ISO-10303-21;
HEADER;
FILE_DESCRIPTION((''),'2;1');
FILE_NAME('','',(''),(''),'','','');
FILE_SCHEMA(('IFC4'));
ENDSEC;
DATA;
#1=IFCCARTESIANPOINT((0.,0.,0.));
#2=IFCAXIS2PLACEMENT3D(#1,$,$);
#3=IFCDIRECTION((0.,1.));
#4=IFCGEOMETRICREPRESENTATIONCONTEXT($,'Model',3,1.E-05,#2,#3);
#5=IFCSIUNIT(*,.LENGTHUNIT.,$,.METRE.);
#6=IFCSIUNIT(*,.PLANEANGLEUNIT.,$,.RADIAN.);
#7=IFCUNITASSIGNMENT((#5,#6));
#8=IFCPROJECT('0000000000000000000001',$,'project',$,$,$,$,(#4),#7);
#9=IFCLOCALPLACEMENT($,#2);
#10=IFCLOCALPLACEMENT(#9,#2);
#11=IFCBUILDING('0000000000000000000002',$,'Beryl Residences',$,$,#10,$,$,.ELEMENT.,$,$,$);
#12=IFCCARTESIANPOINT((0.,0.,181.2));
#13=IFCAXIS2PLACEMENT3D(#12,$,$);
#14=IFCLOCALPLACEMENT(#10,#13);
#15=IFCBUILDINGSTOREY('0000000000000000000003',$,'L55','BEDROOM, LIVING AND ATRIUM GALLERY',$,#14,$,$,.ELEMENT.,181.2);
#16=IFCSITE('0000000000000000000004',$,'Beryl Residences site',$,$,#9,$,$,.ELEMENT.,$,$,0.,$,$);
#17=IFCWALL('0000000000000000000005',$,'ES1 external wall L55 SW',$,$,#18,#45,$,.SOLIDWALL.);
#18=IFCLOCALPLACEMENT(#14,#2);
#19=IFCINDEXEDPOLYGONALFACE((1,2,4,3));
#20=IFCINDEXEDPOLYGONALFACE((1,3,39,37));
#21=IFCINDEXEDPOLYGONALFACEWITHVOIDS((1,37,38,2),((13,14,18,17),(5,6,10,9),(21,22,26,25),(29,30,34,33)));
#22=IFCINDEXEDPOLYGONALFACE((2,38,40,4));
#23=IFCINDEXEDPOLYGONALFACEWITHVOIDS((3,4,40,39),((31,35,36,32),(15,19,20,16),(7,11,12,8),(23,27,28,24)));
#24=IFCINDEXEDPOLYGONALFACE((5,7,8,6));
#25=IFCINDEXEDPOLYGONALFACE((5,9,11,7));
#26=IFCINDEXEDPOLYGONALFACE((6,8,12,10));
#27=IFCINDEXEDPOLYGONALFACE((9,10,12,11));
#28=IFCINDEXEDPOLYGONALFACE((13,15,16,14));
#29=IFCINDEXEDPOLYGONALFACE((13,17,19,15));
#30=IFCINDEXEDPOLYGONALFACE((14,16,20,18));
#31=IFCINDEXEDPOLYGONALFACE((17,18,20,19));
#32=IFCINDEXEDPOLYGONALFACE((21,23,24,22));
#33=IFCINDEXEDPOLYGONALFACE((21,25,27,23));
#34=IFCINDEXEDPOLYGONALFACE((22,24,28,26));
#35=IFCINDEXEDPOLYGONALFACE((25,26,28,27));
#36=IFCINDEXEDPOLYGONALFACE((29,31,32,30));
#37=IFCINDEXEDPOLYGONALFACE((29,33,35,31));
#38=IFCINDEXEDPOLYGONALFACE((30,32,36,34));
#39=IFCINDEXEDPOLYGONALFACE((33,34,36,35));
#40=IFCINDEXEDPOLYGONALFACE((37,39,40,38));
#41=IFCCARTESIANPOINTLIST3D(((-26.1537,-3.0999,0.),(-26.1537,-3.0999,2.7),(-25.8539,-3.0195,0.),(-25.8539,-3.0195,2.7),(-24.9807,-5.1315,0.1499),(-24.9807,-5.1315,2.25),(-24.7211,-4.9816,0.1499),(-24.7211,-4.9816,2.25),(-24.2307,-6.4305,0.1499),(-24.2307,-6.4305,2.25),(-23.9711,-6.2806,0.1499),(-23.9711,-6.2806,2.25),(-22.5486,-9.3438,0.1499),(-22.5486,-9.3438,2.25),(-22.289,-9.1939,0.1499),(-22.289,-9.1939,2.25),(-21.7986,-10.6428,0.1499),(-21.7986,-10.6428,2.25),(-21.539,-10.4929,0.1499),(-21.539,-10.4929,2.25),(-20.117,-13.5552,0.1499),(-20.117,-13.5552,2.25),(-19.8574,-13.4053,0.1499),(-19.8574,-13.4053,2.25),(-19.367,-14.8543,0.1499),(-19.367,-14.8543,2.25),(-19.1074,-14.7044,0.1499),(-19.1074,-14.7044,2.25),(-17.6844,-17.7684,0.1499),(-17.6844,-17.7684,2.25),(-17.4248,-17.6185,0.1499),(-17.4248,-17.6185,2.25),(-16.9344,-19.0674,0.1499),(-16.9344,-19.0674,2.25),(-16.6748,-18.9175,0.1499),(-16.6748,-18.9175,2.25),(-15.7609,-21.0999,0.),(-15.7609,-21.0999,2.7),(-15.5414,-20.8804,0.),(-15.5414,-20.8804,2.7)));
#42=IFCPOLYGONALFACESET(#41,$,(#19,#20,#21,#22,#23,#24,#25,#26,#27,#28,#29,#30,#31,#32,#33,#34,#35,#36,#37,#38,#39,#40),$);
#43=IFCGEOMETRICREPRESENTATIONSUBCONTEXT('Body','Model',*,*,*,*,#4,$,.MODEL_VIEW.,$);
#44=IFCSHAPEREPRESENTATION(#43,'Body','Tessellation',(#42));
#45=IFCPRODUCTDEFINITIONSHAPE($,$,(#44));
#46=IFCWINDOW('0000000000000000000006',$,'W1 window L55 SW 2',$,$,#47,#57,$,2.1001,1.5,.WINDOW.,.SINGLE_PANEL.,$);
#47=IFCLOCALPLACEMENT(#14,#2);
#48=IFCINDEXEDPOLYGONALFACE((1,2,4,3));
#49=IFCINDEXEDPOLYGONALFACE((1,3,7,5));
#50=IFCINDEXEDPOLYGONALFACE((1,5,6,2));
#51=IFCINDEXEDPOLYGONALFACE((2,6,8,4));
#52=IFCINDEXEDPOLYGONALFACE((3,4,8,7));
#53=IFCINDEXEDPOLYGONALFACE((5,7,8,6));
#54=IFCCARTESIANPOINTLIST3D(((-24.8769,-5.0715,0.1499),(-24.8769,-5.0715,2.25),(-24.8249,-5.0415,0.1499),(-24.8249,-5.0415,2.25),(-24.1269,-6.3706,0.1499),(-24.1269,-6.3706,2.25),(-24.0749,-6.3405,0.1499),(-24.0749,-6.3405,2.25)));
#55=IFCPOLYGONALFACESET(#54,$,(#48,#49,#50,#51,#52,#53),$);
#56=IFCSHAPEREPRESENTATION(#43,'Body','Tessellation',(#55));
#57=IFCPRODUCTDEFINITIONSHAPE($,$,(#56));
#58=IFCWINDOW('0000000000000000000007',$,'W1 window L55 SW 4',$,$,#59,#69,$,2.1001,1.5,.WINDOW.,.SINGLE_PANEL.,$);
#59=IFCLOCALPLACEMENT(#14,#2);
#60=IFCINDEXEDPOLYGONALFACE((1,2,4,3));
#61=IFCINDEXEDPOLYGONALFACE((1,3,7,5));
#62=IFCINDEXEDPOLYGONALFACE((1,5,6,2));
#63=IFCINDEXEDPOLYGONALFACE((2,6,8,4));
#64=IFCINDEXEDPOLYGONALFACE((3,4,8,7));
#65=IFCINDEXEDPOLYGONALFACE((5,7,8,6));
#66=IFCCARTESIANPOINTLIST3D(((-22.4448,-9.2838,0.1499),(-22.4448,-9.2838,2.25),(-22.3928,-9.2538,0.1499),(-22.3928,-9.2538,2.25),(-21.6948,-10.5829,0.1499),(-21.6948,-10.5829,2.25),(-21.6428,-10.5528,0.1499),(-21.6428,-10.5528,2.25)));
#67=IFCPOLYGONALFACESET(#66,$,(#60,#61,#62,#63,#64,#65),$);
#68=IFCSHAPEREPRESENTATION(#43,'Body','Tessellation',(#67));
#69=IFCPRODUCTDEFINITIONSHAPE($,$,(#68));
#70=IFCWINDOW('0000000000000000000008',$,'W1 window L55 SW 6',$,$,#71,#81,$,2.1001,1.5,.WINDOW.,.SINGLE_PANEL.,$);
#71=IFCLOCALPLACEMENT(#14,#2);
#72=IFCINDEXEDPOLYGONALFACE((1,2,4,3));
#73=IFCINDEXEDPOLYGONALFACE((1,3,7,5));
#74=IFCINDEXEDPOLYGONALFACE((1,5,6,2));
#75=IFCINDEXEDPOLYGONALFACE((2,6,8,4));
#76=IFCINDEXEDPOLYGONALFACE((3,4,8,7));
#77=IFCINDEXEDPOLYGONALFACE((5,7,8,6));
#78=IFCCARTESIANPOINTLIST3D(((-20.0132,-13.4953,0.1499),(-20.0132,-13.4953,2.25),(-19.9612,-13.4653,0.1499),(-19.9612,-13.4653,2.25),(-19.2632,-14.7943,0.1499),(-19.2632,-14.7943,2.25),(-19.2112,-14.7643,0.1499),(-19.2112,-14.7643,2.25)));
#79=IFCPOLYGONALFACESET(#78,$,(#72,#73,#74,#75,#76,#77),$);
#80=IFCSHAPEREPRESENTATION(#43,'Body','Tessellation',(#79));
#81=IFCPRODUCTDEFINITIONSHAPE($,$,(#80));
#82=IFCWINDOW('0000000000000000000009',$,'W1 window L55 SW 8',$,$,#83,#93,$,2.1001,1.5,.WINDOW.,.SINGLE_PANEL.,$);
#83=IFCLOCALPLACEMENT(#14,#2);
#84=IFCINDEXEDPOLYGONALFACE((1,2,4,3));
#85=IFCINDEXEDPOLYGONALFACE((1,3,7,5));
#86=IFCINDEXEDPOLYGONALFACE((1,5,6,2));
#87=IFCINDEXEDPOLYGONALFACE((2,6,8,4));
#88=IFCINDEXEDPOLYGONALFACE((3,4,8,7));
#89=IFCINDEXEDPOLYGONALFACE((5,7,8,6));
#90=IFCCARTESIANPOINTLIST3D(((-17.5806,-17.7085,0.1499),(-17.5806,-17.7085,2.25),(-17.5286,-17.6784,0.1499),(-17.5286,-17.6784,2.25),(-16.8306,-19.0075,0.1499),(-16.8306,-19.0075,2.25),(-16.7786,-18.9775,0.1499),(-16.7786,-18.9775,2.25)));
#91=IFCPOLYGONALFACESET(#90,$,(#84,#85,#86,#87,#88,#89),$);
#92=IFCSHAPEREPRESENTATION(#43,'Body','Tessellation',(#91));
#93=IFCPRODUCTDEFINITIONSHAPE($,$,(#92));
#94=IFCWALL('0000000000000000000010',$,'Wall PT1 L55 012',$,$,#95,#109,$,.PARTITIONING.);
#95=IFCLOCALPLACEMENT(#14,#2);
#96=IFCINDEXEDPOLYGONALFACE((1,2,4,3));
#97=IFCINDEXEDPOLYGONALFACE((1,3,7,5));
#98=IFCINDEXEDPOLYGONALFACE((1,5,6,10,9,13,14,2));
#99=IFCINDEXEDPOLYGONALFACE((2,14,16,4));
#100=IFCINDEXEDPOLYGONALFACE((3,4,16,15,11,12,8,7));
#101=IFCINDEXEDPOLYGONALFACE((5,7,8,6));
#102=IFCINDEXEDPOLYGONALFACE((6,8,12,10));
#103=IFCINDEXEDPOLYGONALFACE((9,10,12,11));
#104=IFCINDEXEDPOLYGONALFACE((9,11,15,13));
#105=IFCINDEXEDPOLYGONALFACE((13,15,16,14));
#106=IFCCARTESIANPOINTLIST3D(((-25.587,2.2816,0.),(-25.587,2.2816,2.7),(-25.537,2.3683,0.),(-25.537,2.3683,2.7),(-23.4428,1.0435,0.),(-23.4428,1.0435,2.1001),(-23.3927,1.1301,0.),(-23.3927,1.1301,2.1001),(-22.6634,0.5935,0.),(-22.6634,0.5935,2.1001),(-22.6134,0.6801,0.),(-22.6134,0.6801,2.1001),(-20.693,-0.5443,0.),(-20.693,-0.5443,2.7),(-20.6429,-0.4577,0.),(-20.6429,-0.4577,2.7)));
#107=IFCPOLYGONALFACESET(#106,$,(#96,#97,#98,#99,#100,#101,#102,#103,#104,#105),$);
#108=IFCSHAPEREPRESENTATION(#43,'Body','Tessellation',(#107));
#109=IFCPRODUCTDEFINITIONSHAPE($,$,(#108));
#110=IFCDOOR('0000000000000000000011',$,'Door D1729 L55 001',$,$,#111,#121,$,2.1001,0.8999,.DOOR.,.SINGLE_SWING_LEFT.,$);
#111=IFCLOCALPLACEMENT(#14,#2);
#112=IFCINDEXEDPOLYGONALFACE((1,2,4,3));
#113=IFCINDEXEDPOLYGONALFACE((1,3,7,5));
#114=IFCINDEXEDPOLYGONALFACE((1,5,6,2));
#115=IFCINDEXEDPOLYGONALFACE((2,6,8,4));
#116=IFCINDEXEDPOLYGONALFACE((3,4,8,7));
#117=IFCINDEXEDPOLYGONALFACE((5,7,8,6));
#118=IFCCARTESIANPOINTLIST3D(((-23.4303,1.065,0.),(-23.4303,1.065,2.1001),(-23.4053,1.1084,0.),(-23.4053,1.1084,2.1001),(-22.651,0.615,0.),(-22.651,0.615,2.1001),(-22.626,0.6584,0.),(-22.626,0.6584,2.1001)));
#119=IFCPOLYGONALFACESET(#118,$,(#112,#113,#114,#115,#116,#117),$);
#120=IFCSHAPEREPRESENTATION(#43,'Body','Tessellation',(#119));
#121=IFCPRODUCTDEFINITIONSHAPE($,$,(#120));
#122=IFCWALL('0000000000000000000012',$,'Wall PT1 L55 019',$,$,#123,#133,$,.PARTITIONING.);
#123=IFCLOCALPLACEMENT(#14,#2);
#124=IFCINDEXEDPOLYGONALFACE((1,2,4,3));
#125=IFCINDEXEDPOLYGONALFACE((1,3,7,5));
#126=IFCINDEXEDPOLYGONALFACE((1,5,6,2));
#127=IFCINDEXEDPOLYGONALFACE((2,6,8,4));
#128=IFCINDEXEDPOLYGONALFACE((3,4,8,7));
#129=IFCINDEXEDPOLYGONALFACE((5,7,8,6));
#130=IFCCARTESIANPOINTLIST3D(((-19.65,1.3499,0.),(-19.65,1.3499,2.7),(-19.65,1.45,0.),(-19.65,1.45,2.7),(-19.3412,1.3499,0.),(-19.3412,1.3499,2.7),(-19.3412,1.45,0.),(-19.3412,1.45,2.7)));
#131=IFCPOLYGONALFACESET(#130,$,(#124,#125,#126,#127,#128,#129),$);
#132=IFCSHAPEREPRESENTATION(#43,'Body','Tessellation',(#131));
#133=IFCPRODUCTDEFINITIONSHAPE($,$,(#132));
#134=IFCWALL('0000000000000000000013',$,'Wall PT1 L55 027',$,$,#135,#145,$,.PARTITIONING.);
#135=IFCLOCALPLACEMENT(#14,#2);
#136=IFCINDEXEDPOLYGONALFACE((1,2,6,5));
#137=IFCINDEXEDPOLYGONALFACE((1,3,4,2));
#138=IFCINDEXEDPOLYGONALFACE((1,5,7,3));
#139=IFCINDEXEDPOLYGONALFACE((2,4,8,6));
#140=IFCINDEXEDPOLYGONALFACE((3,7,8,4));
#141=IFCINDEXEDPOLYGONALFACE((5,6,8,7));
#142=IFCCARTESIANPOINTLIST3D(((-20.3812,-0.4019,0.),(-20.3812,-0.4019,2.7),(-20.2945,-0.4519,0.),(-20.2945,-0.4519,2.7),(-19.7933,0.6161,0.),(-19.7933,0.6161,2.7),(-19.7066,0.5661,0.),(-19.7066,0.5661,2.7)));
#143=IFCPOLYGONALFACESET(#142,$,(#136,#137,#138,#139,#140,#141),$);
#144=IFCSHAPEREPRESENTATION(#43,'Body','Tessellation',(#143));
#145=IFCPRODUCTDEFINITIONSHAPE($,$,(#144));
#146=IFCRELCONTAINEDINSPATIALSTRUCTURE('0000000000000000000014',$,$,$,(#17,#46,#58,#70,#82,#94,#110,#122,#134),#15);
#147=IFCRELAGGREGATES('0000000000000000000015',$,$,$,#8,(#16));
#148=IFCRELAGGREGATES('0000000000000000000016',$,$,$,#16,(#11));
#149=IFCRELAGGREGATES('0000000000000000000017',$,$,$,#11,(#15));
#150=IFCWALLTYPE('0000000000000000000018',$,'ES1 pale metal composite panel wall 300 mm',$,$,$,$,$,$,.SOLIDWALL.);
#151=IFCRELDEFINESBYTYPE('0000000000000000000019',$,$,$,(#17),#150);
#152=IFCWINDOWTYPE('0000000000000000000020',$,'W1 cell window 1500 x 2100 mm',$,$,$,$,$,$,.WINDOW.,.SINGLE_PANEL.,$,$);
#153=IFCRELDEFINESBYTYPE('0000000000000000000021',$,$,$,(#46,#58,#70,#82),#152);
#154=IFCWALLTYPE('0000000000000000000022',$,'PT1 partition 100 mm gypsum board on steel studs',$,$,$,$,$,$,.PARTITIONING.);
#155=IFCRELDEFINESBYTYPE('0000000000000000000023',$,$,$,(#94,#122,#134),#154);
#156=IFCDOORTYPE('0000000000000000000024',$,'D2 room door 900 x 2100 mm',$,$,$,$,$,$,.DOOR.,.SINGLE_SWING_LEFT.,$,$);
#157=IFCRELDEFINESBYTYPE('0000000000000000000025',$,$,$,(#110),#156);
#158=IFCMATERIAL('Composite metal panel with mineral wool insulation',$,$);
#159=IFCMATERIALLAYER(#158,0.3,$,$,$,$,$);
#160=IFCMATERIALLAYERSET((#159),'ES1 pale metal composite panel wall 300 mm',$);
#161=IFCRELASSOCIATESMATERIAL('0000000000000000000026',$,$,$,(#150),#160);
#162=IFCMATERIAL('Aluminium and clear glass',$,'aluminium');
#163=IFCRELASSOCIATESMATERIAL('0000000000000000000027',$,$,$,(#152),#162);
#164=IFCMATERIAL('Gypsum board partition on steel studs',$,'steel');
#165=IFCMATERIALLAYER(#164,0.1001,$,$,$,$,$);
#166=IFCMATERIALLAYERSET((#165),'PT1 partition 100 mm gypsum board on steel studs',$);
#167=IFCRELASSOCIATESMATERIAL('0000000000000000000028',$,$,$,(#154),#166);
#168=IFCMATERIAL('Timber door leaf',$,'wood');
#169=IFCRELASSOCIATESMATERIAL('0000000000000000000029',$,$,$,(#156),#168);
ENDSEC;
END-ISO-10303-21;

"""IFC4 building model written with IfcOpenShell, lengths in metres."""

from ifc_helpers import new_model, si_unit, direction, frame, frame_2d, origin, place, context, subcontext, project, spatial, polyline, rectangle, outline, extrude, material, layer, layer_set, type_object, element, fill, save


model = new_model("IFC4")

# Units and contexts
model_context = context("Model", 3, precision=1e-05, world=origin(), true_north=direction((0.0, 1.0)))
body_context = subcontext(model_context, "Body", "Model", "MODEL_VIEW")
ifc_project = project(units=[si_unit("LENGTHUNIT", "METRE"), si_unit("PLANEANGLEUNIT", "RADIAN")], contexts=[model_context])

# Site, building, storey
site_placement = place(None, origin())
site = spatial("IfcSite", under=ifc_project, at=site_placement, Name="Beryl Residences site", CompositionType="ELEMENT", RefElevation=0.0)
building_placement = place(site_placement, origin())
building = spatial("IfcBuilding", under=site, at=building_placement, Name="Beryl Residences", CompositionType="ELEMENT")
storey_placement = place(building_placement, frame((0.0, 0.0, 181.2)))
storey = spatial("IfcBuildingStorey", under=building, at=storey_placement, Name="L55", Description="BEDROOM, LIVING AND ATRIUM GALLERY", CompositionType="ELEMENT", Elevation=181.2)

# Shared definitions
ifc_material_1 = material(Name="Composite metal panel with mineral wool insulation")
ifc_layer_1 = layer(ifc_material_1, 0.3)
ifc_layer_set_1 = layer_set([ifc_layer_1], Name="ES1 pale metal composite panel wall 300 mm")
wall_type_1 = type_object("IfcWallType", Name="ES1 pale metal composite panel wall 300 mm", PredefinedType="SOLIDWALL", material=ifc_layer_set_1)

# Wall, openings, windows
wall_1_placement = place(storey_placement, frame((-26.0239, -3.0249, 0.0), z_axis=(0.0, 0.0, 1.0), x_axis=(0.500019, -0.866015, 0.0)))
wall_1 = element("IfcWall", 1, at=wall_1_placement, inside=storey, type_object=wall_type_1, Name="ES1 external wall L55 SW", PredefinedType="SOLIDWALL", context=body_context, shape_type="SweptSolid", body=[
    extrude(outline(polyline([(0.0, -0.1499), (20.7849, -0.1499), (20.7046, 0.1499), (0.0803, 0.1499), (0.0, -0.1499)])), origin(), (0.0, 0.0, 1.0), 2.7),
])
opening_1_placement = place(wall_1_placement, frame((2.3459, 0.0, 0.1499)))
opening_1 = element("IfcOpeningElement", 2, at=opening_1_placement, cuts=wall_1, PredefinedType="OPENING", context=body_context, shape_type="SweptSolid", body=[
    extrude(rectangle(XDim=1.5, YDim=2.1001, at=frame_2d((0.75, 1.05))), frame((0.0, 0.1599, 0.0), z_axis=(0.0, -1.0, 0.0), x_axis=(1.0, 0.0, 0.0)), (0.0, 0.0, 1.0), 0.3201),
])
opening_2_placement = place(wall_1_placement, frame((7.21, 0.0, 0.1499)))
opening_2 = element("IfcOpeningElement", 3, at=opening_2_placement, cuts=wall_1, PredefinedType="OPENING", context=body_context, shape_type="SweptSolid", body=[
    extrude(rectangle(XDim=1.5, YDim=2.1001, at=frame_2d((0.75, 1.05))), frame((0.0, 0.1599, 0.0), z_axis=(0.0, -1.0, 0.0), x_axis=(1.0, 0.0, 0.0)), (0.0, 0.0, 1.0), 0.3201),
])
opening_3_placement = place(wall_1_placement, frame((12.073, 0.0, 0.1499)))
opening_3 = element("IfcOpeningElement", 4, at=opening_3_placement, cuts=wall_1, PredefinedType="OPENING", context=body_context, shape_type="SweptSolid", body=[
    extrude(rectangle(XDim=1.5, YDim=2.1001, at=frame_2d((0.75, 1.05))), frame((0.0, 0.1599, 0.0), z_axis=(0.0, -1.0, 0.0), x_axis=(1.0, 0.0, 0.0)), (0.0, 0.0, 1.0), 0.3201),
])
opening_4_placement = place(wall_1_placement, frame((16.938, 0.0, 0.1499)))
opening_4 = element("IfcOpeningElement", 5, at=opening_4_placement, cuts=wall_1, PredefinedType="OPENING", context=body_context, shape_type="SweptSolid", body=[
    extrude(rectangle(XDim=1.5, YDim=2.1001, at=frame_2d((0.75, 1.05))), frame((0.0, 0.1599, 0.0), z_axis=(0.0, -1.0, 0.0), x_axis=(1.0, 0.0, 0.0)), (0.0, 0.0, 1.0), 0.3201),
])
ifc_material_2 = material(Name="Aluminium and clear glass", Category="aluminium")
window_type_1 = type_object("IfcWindowType", Name="W1 cell window 1500 x 2100 mm", PartitioningType="SINGLE_PANEL", PredefinedType="WINDOW", material=ifc_material_2)
window_1_placement = place(opening_1_placement, origin())
window_1 = element("IfcWindow", 6, at=window_1_placement, inside=storey, type_object=window_type_1, Name="W1 window L55 SW 2", OverallHeight=2.1001, OverallWidth=1.5, PartitioningType="SINGLE_PANEL", PredefinedType="WINDOW", context=body_context, shape_type="SweptSolid", body=[
    extrude(rectangle(XDim=1.5, YDim=2.1001, at=frame_2d((0.75, 1.05))), frame((0.0, 0.03, 0.0), z_axis=(0.0, -1.0, 0.0), x_axis=(1.0, 0.0, 0.0)), (0.0, 0.0, 1.0), 0.0601),
])
fill(opening_1, window_1)
window_2_placement = place(opening_2_placement, origin())
window_2 = element("IfcWindow", 7, at=window_2_placement, inside=storey, type_object=window_type_1, Name="W1 window L55 SW 4", OverallHeight=2.1001, OverallWidth=1.5, PartitioningType="SINGLE_PANEL", PredefinedType="WINDOW", context=body_context, shape_type="SweptSolid", body=[
    extrude(rectangle(XDim=1.5, YDim=2.1001, at=frame_2d((0.75, 1.05))), frame((0.0, 0.03, 0.0), z_axis=(0.0, -1.0, 0.0), x_axis=(1.0, 0.0, 0.0)), (0.0, 0.0, 1.0), 0.0601),
])
fill(opening_2, window_2)
window_3_placement = place(opening_3_placement, origin())
window_3 = element("IfcWindow", 8, at=window_3_placement, inside=storey, type_object=window_type_1, Name="W1 window L55 SW 6", OverallHeight=2.1001, OverallWidth=1.5, PartitioningType="SINGLE_PANEL", PredefinedType="WINDOW", context=body_context, shape_type="SweptSolid", body=[
    extrude(rectangle(XDim=1.5, YDim=2.1001, at=frame_2d((0.75, 1.05))), frame((0.0, 0.03, 0.0), z_axis=(0.0, -1.0, 0.0), x_axis=(1.0, 0.0, 0.0)), (0.0, 0.0, 1.0), 0.0601),
])
fill(opening_3, window_3)
window_4_placement = place(opening_4_placement, origin())
window_4 = element("IfcWindow", 9, at=window_4_placement, inside=storey, type_object=window_type_1, Name="W1 window L55 SW 8", OverallHeight=2.1001, OverallWidth=1.5, PartitioningType="SINGLE_PANEL", PredefinedType="WINDOW", context=body_context, shape_type="SweptSolid", body=[
    extrude(rectangle(XDim=1.5, YDim=2.1001, at=frame_2d((0.75, 1.05))), frame((0.0, 0.03, 0.0), z_axis=(0.0, -1.0, 0.0), x_axis=(1.0, 0.0, 0.0)), (0.0, 0.0, 1.0), 0.0601),
])
fill(opening_4, window_4)

# Wall, opening, door
ifc_material_3 = material(Name="Gypsum board partition on steel studs", Category="steel")
ifc_layer_2 = layer(ifc_material_3, 0.1001)
ifc_layer_set_2 = layer_set([ifc_layer_2], Name="PT1 partition 100 mm gypsum board on steel studs")
wall_type_2 = type_object("IfcWallType", Name="PT1 partition 100 mm gypsum board on steel studs", PredefinedType="PARTITIONING", material=ifc_layer_set_2)
wall_2_placement = place(storey_placement, frame((-25.562, 2.325, 0.0), z_axis=(0.0, 0.0, 1.0), x_axis=(0.865999, -0.500047, 0.0)))
wall_2 = element("IfcWall", 10, at=wall_2_placement, inside=storey, type_object=wall_type_2, Name="Wall PT1 L55 012", PredefinedType="PARTITIONING", context=body_context, shape_type="SweptSolid", body=[
    extrude(rectangle(XDim=5.6514, YDim=0.1001, at=frame_2d((2.8257, 0.0))), origin(), (0.0, 0.0, 1.0), 2.7),
])
opening_5_placement = place(wall_2_placement, frame((2.4761, 0.0, 0.0)))
opening_5 = element("IfcOpeningElement", 11, at=opening_5_placement, cuts=wall_2, PredefinedType="OPENING", context=body_context, shape_type="SweptSolid", body=[
    extrude(rectangle(XDim=0.8999, YDim=2.1001, at=frame_2d((0.45, 1.05))), frame((0.0, 0.0601, 0.0), z_axis=(0.0, -1.0, 0.0), x_axis=(1.0, 0.0, 0.0)), (0.0, 0.0, 1.0), 0.1201),
])
ifc_material_4 = material(Name="Timber door leaf", Category="wood")
door_type = type_object("IfcDoorType", Name="D2 room door 900 x 2100 mm", OperationType="SINGLE_SWING_LEFT", PredefinedType="DOOR", material=ifc_material_4)
door_1_placement = place(opening_5_placement, origin())
door_1 = element("IfcDoor", 12, at=door_1_placement, inside=storey, type_object=door_type, Name="Door D1729 L55 001", OperationType="SINGLE_SWING_LEFT", OverallHeight=2.1001, OverallWidth=0.8999, PredefinedType="DOOR", context=body_context, shape_type="SweptSolid", body=[
    extrude(rectangle(XDim=0.8999, YDim=2.1001, at=frame_2d((0.45, 1.05))), frame((0.0, 0.0249, 0.0), z_axis=(0.0, -1.0, 0.0), x_axis=(1.0, 0.0, 0.0)), (0.0, 0.0, 1.0), 0.05),
])
fill(opening_5, door_1)

# Walls
wall_3_placement = place(storey_placement, frame((-19.6499, 1.3999, 0.0), z_axis=(0.0, 0.0, 1.0), x_axis=(1.0, 0.0, 0.0)))
element("IfcWall", 13, at=wall_3_placement, inside=storey, type_object=wall_type_2, Name="Wall PT1 L55 019", PredefinedType="PARTITIONING", context=body_context, shape_type="SweptSolid", body=[
    extrude(rectangle(XDim=0.3088, YDim=0.1001, at=frame_2d((0.1543, 0.0))), origin(), (0.0, 0.0, 1.0), 2.7),
])
wall_4_placement = place(storey_placement, frame((-20.3379, -0.427, 0.0), z_axis=(0.0, 0.0, 1.0), x_axis=(0.50007, 0.865985, 0.0)))
element("IfcWall", 14, at=wall_4_placement, inside=storey, type_object=wall_type_2, Name="Wall PT1 L55 027", PredefinedType="PARTITIONING", context=body_context, shape_type="SweptSolid", body=[
    extrude(rectangle(XDim=1.1755, YDim=0.1001, at=frame_2d((0.5879, 0.0))), origin(), (0.0, 0.0, 1.0), 2.7),
])

save(model, "model.ifc")
